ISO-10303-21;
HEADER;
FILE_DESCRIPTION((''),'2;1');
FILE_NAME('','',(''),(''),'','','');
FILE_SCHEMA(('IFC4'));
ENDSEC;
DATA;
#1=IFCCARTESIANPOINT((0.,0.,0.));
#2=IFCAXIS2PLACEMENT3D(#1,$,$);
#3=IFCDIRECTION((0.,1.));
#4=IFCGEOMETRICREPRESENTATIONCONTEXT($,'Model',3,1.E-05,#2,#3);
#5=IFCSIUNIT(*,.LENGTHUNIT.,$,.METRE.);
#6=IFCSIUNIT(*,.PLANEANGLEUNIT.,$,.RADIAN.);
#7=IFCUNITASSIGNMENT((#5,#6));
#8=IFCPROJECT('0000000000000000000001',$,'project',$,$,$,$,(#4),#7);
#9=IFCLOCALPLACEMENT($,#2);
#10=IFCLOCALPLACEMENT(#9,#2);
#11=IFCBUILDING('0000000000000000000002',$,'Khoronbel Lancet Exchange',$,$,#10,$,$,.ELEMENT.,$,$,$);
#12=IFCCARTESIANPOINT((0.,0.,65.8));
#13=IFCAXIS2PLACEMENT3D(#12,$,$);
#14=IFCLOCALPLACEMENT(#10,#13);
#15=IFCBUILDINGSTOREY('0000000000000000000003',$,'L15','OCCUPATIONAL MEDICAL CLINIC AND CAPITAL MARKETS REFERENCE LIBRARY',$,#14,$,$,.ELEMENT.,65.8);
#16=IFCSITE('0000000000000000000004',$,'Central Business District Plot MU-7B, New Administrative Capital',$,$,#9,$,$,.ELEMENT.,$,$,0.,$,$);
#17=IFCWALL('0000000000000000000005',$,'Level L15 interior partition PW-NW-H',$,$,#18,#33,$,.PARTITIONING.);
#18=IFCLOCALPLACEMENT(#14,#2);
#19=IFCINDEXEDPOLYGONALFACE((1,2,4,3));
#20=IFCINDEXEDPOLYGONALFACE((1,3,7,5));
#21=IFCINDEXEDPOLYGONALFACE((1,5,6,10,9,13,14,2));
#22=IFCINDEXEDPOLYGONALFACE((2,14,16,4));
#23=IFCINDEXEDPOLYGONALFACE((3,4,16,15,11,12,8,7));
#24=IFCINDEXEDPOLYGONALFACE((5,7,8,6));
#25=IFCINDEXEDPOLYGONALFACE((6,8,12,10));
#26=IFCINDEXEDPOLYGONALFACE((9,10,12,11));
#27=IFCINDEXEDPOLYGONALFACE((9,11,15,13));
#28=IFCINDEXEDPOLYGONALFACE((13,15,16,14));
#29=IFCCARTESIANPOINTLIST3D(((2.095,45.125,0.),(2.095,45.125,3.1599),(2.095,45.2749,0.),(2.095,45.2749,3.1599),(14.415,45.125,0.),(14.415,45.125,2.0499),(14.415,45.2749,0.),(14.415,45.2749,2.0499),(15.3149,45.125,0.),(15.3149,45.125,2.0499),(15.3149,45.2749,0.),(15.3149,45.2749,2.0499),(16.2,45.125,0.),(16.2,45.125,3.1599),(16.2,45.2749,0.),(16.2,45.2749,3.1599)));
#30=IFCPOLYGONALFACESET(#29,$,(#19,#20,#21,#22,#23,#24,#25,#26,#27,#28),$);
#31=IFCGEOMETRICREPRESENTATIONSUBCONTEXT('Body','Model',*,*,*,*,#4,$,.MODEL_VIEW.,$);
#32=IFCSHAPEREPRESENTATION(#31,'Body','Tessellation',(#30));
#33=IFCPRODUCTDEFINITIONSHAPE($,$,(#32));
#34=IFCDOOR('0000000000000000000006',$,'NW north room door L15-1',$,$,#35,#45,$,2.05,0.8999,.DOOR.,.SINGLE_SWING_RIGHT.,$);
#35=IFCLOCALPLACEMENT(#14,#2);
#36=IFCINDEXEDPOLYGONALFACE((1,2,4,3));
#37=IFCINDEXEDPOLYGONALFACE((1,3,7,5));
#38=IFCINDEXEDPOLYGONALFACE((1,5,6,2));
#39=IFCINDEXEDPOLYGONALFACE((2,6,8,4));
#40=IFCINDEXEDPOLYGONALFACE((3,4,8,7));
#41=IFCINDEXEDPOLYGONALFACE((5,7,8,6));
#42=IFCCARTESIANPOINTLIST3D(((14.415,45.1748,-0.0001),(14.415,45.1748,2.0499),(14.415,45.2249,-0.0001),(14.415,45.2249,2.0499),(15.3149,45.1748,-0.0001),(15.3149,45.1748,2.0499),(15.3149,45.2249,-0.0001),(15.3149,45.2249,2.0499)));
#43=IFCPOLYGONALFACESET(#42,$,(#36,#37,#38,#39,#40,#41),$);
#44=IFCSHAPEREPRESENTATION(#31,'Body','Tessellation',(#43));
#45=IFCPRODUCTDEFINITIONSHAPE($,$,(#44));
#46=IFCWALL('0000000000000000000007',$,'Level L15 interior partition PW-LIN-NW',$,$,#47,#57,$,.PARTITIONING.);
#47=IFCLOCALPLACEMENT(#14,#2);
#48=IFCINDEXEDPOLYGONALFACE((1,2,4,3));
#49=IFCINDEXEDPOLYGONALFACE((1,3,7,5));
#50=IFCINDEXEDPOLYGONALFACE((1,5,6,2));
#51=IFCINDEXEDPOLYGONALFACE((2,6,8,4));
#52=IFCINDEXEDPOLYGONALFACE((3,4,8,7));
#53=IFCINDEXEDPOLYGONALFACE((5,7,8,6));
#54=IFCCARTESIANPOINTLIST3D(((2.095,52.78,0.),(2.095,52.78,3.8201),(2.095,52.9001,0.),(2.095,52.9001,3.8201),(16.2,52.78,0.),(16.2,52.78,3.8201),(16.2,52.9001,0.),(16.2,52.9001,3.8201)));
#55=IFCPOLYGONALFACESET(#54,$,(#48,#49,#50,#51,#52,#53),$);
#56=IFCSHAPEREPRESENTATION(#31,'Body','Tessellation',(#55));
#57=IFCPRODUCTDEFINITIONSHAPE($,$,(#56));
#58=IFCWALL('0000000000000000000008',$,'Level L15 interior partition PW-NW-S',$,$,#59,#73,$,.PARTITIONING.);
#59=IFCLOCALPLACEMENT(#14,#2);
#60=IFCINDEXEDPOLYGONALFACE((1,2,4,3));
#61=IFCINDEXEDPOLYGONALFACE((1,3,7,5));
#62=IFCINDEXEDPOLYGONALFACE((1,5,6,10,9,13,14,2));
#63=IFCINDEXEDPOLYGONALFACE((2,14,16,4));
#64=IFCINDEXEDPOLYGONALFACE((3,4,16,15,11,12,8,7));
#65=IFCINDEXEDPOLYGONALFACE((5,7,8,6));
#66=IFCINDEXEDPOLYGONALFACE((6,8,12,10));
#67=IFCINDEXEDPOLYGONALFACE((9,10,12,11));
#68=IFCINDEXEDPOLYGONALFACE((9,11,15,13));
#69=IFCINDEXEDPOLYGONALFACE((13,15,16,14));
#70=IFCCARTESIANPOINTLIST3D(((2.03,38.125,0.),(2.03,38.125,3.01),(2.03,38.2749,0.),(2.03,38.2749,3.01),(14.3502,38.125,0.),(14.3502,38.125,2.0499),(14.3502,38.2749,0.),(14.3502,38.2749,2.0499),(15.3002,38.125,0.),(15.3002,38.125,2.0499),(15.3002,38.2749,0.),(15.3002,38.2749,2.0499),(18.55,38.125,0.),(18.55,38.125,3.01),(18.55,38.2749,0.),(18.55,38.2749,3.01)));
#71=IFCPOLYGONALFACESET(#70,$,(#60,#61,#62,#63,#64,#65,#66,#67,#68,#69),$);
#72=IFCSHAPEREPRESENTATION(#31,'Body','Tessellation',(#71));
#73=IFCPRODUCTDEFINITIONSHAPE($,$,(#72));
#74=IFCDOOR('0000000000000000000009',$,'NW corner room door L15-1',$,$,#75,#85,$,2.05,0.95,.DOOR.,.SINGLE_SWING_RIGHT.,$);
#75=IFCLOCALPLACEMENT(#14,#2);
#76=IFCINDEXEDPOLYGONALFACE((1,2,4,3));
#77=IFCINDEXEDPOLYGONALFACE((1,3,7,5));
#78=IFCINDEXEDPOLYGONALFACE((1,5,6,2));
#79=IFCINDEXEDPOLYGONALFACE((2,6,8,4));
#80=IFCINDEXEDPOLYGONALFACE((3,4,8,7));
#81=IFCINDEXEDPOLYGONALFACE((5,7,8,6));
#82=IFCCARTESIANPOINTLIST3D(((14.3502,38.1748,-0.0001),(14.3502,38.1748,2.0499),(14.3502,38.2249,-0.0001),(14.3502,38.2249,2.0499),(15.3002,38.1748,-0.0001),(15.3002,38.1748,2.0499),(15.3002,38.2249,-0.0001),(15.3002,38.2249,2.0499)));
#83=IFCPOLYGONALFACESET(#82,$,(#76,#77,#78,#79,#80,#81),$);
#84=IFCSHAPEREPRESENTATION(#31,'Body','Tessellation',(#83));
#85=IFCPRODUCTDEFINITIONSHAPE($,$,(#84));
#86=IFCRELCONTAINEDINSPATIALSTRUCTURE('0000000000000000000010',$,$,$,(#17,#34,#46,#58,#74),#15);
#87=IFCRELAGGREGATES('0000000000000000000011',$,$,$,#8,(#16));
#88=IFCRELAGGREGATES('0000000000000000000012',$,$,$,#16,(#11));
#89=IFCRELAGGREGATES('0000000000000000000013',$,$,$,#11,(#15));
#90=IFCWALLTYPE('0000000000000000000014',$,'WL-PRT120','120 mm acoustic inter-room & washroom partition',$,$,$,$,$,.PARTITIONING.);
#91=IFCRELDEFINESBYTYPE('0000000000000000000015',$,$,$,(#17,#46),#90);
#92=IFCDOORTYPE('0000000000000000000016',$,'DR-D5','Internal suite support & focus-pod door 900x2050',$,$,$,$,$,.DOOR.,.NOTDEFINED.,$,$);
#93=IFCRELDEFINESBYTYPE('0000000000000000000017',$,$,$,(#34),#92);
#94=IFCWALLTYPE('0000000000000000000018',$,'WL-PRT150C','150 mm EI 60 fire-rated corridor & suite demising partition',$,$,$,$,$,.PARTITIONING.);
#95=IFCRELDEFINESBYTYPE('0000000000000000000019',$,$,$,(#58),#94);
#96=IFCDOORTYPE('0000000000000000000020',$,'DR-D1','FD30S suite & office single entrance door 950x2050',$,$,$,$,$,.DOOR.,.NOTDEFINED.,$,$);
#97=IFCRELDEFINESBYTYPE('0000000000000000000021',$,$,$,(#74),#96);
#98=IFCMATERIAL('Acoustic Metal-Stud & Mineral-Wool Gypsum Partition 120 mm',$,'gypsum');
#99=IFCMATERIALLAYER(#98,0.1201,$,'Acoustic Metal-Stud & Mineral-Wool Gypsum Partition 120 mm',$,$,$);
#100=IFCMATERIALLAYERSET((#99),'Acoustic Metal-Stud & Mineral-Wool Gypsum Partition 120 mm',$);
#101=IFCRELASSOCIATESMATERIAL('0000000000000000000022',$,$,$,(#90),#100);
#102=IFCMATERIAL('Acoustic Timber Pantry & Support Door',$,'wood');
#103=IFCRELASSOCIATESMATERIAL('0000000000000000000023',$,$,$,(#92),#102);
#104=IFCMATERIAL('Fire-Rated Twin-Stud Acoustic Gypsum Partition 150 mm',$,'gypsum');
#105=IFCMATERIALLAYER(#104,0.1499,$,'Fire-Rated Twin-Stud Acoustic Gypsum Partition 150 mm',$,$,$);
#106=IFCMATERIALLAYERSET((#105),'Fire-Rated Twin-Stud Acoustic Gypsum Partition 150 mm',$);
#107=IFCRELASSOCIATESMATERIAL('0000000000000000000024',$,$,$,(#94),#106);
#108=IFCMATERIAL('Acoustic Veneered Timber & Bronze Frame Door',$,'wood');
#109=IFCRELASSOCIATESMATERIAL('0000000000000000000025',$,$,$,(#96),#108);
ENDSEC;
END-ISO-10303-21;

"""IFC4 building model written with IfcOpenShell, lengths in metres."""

from ifc_helpers import new_model, si_unit, direction, frame, frame_2d, origin, place, context, subcontext, project, spatial, rectangle, extrude, material, layer, layer_set, type_object, element, fill, save


model = new_model("IFC4")

# Units and contexts
model_context = context("Model", 3, precision=1e-05, world=origin(), true_north=direction((0.0, 1.0)))
body_context = subcontext(model_context, "Body", "Model", "MODEL_VIEW")
ifc_project = project(units=[si_unit("LENGTHUNIT", "METRE"), si_unit("PLANEANGLEUNIT", "RADIAN")], contexts=[model_context])

# Site, building, storey
site_placement = place(None, origin())
site = spatial("IfcSite", under=ifc_project, at=site_placement, Name="Central Business District Plot MU-7B, New Administrative Capital", CompositionType="ELEMENT", RefElevation=0.0)
building_placement = place(site_placement, origin())
building = spatial("IfcBuilding", under=site, at=building_placement, Name="Khoronbel Lancet Exchange", CompositionType="ELEMENT")
storey_placement = place(building_placement, frame((0.0, 0.0, 65.8)))
storey = spatial("IfcBuildingStorey", under=building, at=storey_placement, Name="L15", Description="OCCUPATIONAL MEDICAL CLINIC AND CAPITAL MARKETS REFERENCE LIBRARY", CompositionType="ELEMENT", Elevation=65.8)

# Wall, opening, door
ifc_material_1 = material(Name="Acoustic Metal-Stud & Mineral-Wool Gypsum Partition 120 mm", Category="gypsum")
ifc_layer_1 = layer(ifc_material_1, 0.1201, Name="Acoustic Metal-Stud & Mineral-Wool Gypsum Partition 120 mm")
ifc_layer_set_1 = layer_set([ifc_layer_1], Name="Acoustic Metal-Stud & Mineral-Wool Gypsum Partition 120 mm")
wall_type_1 = type_object("IfcWallType", Name="WL-PRT120", Description="120 mm acoustic inter-room & washroom partition", PredefinedType="PARTITIONING", material=ifc_layer_set_1)
wall_1_placement = place(storey_placement, frame((2.095, 45.2, 0.0), z_axis=(0.0, 0.0, 1.0), x_axis=(1.0, 0.0, 0.0)))
wall_1 = element("IfcWall", 1, at=wall_1_placement, inside=storey, type_object=wall_type_1, Name="Level L15 interior partition PW-NW-H", PredefinedType="PARTITIONING", context=body_context, shape_type="SweptSolid", body=[
    extrude(rectangle(XDim=14.105, YDim=0.1499, at=frame_2d((7.0525, 0.0))), origin(), (0.0, 0.0, 1.0), 3.1599),
])
opening_1_placement = place(wall_1_placement, frame((12.3201, 0.0, 0.0)))
opening_1 = element("IfcOpeningElement", 2, at=opening_1_placement, cuts=wall_1, PredefinedType="OPENING", context=body_context, shape_type="SweptSolid", body=[
    extrude(rectangle(XDim=0.8999, YDim=2.05, at=frame_2d((0.45, 1.0249))), frame((0.0, 0.085, 0.0), z_axis=(0.0, -1.0, 0.0), x_axis=(1.0, 0.0, 0.0)), (0.0, 0.0, 1.0), 0.1699),
])
ifc_material_2 = material(Name="Acoustic Timber Pantry & Support Door", Category="wood")
door_type_1 = type_object("IfcDoorType", Name="DR-D5", Description="Internal suite support & focus-pod door 900x2050", OperationType="NOTDEFINED", PredefinedType="DOOR", material=ifc_material_2)
door_1_placement = place(opening_1_placement, origin())
door_1 = element("IfcDoor", 3, at=door_1_placement, inside=storey, type_object=door_type_1, Name="NW north room door L15-1", OperationType="SINGLE_SWING_RIGHT", OverallHeight=2.05, OverallWidth=0.8999, PredefinedType="DOOR", context=body_context, shape_type="SweptSolid", body=[
    extrude(rectangle(XDim=0.8999, YDim=2.05, at=frame_2d((0.45, 1.0249))), frame((0.0, 0.0249, 0.0), z_axis=(0.0, -1.0, 0.0), x_axis=(1.0, 0.0, 0.0)), (0.0, 0.0, 1.0), 0.05),
])
fill(opening_1, door_1)

# Wall
wall_2_placement = place(storey_placement, frame((2.095, 52.8401, 0.0), z_axis=(0.0, 0.0, 1.0), x_axis=(1.0, 0.0, 0.0)))
element("IfcWall", 4, at=wall_2_placement, inside=storey, type_object=wall_type_1, Name="Level L15 interior partition PW-LIN-NW", PredefinedType="PARTITIONING", context=body_context, shape_type="SweptSolid", body=[
    extrude(rectangle(XDim=14.105, YDim=0.1201, at=frame_2d((7.0525, 0.0))), origin(), (0.0, 0.0, 1.0), 3.8201),
])

# Wall, opening, door
ifc_material_3 = material(Name="Fire-Rated Twin-Stud Acoustic Gypsum Partition 150 mm", Category="gypsum")
ifc_layer_2 = layer(ifc_material_3, 0.1499, Name="Fire-Rated Twin-Stud Acoustic Gypsum Partition 150 mm")
ifc_layer_set_2 = layer_set([ifc_layer_2], Name="Fire-Rated Twin-Stud Acoustic Gypsum Partition 150 mm")
wall_type_2 = type_object("IfcWallType", Name="WL-PRT150C", Description="150 mm EI 60 fire-rated corridor & suite demising partition", PredefinedType="PARTITIONING", material=ifc_layer_set_2)
wall_3_placement = place(storey_placement, frame((2.03, 38.2, 0.0), z_axis=(0.0, 0.0, 1.0), x_axis=(1.0, 0.0, 0.0)))
wall_3 = element("IfcWall", 5, at=wall_3_placement, inside=storey, type_object=wall_type_2, Name="Level L15 interior partition PW-NW-S", PredefinedType="PARTITIONING", context=body_context, shape_type="SweptSolid", body=[
    extrude(rectangle(XDim=16.52, YDim=0.1499, at=frame_2d((8.26, 0.0))), origin(), (0.0, 0.0, 1.0), 3.01),
])
opening_2_placement = place(wall_3_placement, frame((12.3201, 0.0, 0.0)))
opening_2 = element("IfcOpeningElement", 6, at=opening_2_placement, cuts=wall_3, PredefinedType="OPENING", context=body_context, shape_type="SweptSolid", body=[
    extrude(rectangle(XDim=0.95, YDim=2.05, at=frame_2d((0.4751, 1.0249))), frame((0.0, 0.085, 0.0), z_axis=(0.0, -1.0, 0.0), x_axis=(1.0, 0.0, 0.0)), (0.0, 0.0, 1.0), 0.1699),
])
ifc_material_4 = material(Name="Acoustic Veneered Timber & Bronze Frame Door", Category="wood")
door_type_2 = type_object("IfcDoorType", Name="DR-D1", Description="FD30S suite & office single entrance door 950x2050", OperationType="NOTDEFINED", PredefinedType="DOOR", material=ifc_material_4)
door_2_placement = place(opening_2_placement, origin())
door_2 = element("IfcDoor", 7, at=door_2_placement, inside=storey, type_object=door_type_2, Name="NW corner room door L15-1", OperationType="SINGLE_SWING_RIGHT", OverallHeight=2.05, OverallWidth=0.95, PredefinedType="DOOR", context=body_context, shape_type="SweptSolid", body=[
    extrude(rectangle(XDim=0.95, YDim=2.05, at=frame_2d((0.4751, 1.0249))), frame((0.0, 0.0249, 0.0), z_axis=(0.0, -1.0, 0.0), x_axis=(1.0, 0.0, 0.0)), (0.0, 0.0, 1.0), 0.05),
])
fill(opening_2, door_2)

save(model, "model.ifc")
